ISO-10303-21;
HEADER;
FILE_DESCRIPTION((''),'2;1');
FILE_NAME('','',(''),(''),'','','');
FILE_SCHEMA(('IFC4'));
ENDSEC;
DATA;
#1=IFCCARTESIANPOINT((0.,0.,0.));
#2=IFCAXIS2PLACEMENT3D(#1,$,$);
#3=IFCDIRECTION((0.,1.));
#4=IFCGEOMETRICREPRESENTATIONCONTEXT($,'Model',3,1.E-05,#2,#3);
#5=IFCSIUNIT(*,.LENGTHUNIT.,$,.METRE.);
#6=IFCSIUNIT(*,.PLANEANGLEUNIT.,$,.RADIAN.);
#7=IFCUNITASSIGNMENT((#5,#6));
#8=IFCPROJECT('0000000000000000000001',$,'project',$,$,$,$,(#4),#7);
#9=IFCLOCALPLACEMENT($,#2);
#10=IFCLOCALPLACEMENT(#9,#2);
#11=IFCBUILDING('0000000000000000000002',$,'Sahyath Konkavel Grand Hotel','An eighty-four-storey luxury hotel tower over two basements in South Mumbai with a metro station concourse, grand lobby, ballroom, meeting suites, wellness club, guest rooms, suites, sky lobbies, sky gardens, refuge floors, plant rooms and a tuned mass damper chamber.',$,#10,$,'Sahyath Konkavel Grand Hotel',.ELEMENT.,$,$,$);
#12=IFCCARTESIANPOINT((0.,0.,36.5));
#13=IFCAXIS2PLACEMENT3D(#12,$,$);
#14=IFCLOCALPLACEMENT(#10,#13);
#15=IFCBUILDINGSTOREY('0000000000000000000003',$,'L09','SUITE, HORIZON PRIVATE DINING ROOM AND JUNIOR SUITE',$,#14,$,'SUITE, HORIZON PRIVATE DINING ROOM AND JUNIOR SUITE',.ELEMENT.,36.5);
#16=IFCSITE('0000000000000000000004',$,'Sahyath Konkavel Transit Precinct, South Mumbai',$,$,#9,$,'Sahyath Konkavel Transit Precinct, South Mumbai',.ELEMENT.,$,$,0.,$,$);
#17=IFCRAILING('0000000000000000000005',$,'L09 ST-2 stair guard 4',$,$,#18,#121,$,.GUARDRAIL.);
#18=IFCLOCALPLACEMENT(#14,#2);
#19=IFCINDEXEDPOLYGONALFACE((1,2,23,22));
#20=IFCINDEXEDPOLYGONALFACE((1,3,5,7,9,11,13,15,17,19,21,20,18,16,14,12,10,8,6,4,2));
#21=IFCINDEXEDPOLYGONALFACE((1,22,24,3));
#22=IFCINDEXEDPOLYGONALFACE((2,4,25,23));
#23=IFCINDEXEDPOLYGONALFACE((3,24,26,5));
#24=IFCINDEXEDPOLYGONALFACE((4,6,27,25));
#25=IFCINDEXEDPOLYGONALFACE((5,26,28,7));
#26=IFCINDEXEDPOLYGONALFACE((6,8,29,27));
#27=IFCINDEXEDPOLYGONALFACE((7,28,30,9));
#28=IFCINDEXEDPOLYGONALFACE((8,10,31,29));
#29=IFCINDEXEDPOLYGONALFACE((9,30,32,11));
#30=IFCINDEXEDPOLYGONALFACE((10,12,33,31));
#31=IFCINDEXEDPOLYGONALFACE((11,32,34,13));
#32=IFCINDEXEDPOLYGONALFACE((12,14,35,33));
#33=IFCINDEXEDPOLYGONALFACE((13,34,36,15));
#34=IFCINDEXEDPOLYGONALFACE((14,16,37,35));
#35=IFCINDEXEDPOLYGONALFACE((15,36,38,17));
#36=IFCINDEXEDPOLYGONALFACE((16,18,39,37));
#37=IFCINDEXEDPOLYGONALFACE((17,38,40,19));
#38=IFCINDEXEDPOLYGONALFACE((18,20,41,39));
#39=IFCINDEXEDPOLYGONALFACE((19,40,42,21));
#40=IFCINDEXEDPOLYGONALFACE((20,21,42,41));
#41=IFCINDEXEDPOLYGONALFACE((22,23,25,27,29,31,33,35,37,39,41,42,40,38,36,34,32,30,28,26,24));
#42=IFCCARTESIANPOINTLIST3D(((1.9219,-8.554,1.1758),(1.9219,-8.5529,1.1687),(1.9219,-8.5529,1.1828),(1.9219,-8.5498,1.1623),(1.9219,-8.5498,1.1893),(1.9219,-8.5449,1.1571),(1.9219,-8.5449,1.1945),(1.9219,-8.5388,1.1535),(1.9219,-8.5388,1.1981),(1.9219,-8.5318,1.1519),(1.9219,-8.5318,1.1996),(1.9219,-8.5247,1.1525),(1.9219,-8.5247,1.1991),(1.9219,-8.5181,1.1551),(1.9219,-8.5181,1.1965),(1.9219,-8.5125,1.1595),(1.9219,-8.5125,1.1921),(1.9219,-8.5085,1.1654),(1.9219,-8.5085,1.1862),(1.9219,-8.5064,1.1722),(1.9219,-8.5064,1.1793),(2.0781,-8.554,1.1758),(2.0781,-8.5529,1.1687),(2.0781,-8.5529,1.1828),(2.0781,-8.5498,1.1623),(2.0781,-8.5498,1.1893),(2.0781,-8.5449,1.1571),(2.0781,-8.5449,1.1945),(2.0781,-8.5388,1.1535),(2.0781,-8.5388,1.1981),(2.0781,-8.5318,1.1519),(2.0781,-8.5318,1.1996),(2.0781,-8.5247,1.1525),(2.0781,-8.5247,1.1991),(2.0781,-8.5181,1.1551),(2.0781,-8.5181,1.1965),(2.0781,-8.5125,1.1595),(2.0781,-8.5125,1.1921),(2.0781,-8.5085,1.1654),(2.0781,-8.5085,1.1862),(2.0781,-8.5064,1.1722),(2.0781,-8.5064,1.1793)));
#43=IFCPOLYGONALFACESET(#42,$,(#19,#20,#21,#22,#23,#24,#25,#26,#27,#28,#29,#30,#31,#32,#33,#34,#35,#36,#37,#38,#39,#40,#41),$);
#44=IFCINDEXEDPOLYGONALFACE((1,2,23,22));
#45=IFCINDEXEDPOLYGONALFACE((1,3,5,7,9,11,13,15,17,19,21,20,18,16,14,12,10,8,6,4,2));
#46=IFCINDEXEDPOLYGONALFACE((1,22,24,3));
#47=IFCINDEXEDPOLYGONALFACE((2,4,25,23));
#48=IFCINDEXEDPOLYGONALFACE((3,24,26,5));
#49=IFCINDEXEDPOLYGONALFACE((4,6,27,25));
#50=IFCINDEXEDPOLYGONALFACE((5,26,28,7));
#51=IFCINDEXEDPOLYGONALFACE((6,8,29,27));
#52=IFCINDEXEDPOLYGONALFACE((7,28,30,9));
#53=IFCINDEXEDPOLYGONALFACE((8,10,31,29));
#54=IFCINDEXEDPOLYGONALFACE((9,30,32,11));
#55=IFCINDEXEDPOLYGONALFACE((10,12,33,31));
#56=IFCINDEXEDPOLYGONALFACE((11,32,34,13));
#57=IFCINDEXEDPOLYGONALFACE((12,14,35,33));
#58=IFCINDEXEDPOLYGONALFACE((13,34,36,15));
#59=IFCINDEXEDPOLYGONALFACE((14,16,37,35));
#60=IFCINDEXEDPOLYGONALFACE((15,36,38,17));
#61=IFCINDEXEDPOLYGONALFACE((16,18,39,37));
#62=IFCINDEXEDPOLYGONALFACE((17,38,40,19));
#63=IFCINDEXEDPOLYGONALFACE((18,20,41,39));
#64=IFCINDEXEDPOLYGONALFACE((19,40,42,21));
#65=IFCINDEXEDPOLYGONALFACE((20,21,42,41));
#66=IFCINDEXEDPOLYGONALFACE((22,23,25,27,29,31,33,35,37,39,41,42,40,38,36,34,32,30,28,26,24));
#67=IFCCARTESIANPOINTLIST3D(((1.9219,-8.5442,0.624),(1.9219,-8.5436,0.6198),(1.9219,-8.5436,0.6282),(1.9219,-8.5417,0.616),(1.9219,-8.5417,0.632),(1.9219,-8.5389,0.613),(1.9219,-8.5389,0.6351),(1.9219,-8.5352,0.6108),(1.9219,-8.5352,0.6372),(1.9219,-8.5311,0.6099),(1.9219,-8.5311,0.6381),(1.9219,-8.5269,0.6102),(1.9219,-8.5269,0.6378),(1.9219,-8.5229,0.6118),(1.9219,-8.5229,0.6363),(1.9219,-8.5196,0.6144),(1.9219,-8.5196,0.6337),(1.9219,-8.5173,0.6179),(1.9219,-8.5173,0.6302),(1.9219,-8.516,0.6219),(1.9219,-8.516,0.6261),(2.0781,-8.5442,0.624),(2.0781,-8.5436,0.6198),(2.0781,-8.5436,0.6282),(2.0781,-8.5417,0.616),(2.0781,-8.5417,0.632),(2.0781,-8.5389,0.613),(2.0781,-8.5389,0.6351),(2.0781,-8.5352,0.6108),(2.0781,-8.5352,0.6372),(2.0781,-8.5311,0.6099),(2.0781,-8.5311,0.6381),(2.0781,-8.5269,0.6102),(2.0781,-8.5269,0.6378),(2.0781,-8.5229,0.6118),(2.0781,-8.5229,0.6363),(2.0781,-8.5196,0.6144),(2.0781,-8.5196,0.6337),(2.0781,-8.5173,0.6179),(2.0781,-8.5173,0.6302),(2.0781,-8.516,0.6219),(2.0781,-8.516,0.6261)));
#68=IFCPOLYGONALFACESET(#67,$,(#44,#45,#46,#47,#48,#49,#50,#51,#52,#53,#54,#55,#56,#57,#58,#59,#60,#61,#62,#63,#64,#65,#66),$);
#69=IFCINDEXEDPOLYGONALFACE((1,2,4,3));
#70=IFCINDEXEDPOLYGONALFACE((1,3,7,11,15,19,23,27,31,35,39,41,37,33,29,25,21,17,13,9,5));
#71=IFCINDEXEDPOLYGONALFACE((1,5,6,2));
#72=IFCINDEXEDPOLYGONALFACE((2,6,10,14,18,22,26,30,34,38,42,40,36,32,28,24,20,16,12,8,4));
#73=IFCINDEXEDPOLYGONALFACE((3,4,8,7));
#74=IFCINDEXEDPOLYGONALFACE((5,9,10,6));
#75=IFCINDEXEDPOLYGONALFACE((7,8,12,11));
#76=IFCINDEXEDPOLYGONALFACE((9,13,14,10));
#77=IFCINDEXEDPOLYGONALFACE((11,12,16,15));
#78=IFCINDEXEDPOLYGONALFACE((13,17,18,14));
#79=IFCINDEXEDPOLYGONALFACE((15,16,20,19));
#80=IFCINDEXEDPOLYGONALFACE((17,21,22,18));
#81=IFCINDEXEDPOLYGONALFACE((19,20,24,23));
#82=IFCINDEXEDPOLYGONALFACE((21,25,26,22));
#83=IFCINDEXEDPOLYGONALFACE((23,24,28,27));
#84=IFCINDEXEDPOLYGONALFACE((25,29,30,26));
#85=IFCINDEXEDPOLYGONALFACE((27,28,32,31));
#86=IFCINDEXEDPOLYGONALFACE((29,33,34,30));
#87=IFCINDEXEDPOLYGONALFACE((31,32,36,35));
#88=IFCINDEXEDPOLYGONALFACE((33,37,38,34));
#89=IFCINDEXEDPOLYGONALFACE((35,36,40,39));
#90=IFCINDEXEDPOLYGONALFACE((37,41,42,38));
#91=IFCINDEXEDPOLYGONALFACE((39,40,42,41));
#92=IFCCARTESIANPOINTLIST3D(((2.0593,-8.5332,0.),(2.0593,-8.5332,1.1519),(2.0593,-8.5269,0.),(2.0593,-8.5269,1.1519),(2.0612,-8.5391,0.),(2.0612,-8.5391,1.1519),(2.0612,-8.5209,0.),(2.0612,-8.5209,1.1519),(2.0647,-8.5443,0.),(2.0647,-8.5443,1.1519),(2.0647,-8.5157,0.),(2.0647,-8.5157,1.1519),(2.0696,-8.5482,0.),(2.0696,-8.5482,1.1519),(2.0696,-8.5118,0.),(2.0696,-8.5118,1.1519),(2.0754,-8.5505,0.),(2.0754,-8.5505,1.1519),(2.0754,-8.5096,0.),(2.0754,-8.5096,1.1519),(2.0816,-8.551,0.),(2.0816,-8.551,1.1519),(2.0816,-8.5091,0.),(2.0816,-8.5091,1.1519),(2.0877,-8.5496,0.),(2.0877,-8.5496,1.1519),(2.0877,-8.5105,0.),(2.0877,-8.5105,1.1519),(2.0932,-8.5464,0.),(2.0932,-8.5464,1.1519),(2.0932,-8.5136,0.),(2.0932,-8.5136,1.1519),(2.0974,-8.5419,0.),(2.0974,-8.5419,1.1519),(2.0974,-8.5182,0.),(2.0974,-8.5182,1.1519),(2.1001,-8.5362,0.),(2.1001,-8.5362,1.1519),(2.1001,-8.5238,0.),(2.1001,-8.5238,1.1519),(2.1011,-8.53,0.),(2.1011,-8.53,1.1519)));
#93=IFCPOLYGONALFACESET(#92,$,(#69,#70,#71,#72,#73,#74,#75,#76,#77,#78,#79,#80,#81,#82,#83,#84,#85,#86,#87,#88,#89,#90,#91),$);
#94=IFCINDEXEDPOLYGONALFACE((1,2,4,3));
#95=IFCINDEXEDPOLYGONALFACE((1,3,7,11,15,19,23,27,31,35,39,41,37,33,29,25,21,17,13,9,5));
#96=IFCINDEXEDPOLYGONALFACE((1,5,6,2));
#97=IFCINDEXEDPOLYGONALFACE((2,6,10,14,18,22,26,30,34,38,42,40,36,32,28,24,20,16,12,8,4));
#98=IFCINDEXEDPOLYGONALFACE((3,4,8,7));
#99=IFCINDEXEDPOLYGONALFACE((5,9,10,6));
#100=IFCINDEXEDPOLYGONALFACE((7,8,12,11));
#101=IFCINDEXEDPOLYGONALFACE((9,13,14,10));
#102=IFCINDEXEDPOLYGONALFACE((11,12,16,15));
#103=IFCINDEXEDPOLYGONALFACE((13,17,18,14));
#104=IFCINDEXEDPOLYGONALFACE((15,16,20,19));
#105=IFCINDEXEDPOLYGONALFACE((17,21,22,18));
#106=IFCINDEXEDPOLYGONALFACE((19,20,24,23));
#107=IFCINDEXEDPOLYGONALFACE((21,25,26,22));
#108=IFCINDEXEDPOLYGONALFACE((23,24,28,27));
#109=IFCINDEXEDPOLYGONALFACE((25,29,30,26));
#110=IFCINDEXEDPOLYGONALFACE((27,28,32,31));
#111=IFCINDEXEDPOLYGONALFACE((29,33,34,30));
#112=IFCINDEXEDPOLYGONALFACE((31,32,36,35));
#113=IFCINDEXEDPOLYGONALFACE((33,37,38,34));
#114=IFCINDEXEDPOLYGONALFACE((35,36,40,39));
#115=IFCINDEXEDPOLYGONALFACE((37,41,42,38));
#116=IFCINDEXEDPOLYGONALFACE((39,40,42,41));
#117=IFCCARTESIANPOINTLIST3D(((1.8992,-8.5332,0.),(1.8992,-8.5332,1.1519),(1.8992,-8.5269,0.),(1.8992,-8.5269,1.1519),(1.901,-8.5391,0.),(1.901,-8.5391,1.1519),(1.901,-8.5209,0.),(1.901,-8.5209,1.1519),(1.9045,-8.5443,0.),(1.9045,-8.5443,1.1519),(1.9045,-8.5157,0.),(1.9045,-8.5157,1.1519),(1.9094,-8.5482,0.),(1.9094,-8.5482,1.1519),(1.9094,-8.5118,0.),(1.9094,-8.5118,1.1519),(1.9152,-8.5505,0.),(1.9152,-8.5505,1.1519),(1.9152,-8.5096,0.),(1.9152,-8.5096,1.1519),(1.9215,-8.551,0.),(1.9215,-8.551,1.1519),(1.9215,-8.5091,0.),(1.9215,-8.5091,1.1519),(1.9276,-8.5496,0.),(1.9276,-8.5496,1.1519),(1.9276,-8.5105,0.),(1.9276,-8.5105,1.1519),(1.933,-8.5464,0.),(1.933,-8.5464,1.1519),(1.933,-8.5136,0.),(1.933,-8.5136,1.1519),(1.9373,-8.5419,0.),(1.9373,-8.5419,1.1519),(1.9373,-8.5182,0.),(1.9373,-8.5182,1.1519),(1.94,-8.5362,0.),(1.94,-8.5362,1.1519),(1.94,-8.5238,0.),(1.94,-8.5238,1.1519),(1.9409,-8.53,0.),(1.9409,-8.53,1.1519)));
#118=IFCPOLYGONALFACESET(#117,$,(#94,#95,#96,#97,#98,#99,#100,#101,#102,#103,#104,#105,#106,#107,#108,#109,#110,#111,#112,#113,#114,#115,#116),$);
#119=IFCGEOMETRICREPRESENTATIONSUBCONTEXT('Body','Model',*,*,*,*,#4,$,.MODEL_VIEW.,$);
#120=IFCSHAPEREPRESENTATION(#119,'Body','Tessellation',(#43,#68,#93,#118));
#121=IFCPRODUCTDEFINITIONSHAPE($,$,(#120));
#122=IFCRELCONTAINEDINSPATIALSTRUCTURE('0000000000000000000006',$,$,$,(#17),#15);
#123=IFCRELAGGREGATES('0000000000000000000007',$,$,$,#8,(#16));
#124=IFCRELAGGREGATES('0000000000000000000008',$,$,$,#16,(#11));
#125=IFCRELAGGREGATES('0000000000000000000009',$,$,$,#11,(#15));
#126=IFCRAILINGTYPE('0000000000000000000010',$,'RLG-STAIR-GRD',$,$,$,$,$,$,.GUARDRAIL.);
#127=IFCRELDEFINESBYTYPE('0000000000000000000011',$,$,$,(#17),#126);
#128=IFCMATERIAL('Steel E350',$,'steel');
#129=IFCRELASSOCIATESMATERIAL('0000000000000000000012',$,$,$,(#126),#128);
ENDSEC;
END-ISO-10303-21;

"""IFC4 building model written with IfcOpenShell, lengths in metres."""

from ifc_helpers import new_model, si_unit, direction, frame, origin, origin_2d, place, context, subcontext, project, spatial, circle, extrude, material, type_object, element, save


model = new_model("IFC4")

# Units and contexts
model_context = context("Model", 3, precision=1e-05, world=origin(), true_north=direction((0.0, 1.0)))
body_context = subcontext(model_context, "Body", "Model", "MODEL_VIEW")
ifc_project = project(units=[si_unit("LENGTHUNIT", "METRE"), si_unit("PLANEANGLEUNIT", "RADIAN")], contexts=[model_context])

# Site, building, storey
site_placement = place(None, origin())
site = spatial("IfcSite", under=ifc_project, at=site_placement, Name="Sahyath Konkavel Transit Precinct, South Mumbai", LongName="Sahyath Konkavel Transit Precinct, South Mumbai", CompositionType="ELEMENT", RefElevation=0.0)
building_placement = place(site_placement, origin())
building = spatial("IfcBuilding", under=site, at=building_placement, Name="Sahyath Konkavel Grand Hotel", Description="An eighty-four-storey luxury hotel tower over two basements in South Mumbai with a metro station concourse, grand lobby, ballroom, meeting suites, wellness club, guest rooms, suites, sky lobbies, sky gardens, refuge floors, plant rooms and a tuned mass damper chamber.", LongName="Sahyath Konkavel Grand Hotel", CompositionType="ELEMENT")
storey_placement = place(building_placement, frame((0.0, 0.0, 36.5)))
storey = spatial("IfcBuildingStorey", under=building, at=storey_placement, Name="L09", Description="SUITE, HORIZON PRIVATE DINING ROOM AND JUNIOR SUITE", LongName="SUITE, HORIZON PRIVATE DINING ROOM AND JUNIOR SUITE", CompositionType="ELEMENT", Elevation=36.5)

# Shared definitions
ifc_material_1 = material(Name="Steel E350", Category="steel")

# Railing
railing_type_1 = type_object("IfcRailingType", Name="RLG-STAIR-GRD", PredefinedType="GUARDRAIL", material=ifc_material_1)
railing_1_placement = place(storey_placement, frame((2.0801, -8.53, 0.0)))
element("IfcRailing", 1, at=railing_1_placement, inside=storey, type_object=railing_type_1, Name="L09 ST-2 stair guard 4", PredefinedType="GUARDRAIL", context=body_context, shape_type="SweptSolid", body=[
    extrude(circle(Radius=0.0239, at=origin_2d()), frame((-0.002, 0.0, 1.1758), z_axis=(-1.0, 0.0, 0.0), x_axis=(0.0, -1.0, 0.0)), (0.0, 0.0, 1.0), 0.1562),
    extrude(circle(Radius=0.0142, at=origin_2d()), frame((-0.002, 0.0, 0.624), z_axis=(-1.0, 0.0, 0.0), x_axis=(0.0, -1.0, 0.0)), (0.0, 0.0, 1.0), 0.1562),
    extrude(circle(Radius=0.021, at=origin_2d()), origin(), (0.0, 0.0, 1.0), 1.1519),
    extrude(circle(Radius=0.021, at=origin_2d()), frame((-0.1602, 0.0, 0.0)), (0.0, 0.0, 1.0), 1.1519),
])

save(model, "model.ifc")
